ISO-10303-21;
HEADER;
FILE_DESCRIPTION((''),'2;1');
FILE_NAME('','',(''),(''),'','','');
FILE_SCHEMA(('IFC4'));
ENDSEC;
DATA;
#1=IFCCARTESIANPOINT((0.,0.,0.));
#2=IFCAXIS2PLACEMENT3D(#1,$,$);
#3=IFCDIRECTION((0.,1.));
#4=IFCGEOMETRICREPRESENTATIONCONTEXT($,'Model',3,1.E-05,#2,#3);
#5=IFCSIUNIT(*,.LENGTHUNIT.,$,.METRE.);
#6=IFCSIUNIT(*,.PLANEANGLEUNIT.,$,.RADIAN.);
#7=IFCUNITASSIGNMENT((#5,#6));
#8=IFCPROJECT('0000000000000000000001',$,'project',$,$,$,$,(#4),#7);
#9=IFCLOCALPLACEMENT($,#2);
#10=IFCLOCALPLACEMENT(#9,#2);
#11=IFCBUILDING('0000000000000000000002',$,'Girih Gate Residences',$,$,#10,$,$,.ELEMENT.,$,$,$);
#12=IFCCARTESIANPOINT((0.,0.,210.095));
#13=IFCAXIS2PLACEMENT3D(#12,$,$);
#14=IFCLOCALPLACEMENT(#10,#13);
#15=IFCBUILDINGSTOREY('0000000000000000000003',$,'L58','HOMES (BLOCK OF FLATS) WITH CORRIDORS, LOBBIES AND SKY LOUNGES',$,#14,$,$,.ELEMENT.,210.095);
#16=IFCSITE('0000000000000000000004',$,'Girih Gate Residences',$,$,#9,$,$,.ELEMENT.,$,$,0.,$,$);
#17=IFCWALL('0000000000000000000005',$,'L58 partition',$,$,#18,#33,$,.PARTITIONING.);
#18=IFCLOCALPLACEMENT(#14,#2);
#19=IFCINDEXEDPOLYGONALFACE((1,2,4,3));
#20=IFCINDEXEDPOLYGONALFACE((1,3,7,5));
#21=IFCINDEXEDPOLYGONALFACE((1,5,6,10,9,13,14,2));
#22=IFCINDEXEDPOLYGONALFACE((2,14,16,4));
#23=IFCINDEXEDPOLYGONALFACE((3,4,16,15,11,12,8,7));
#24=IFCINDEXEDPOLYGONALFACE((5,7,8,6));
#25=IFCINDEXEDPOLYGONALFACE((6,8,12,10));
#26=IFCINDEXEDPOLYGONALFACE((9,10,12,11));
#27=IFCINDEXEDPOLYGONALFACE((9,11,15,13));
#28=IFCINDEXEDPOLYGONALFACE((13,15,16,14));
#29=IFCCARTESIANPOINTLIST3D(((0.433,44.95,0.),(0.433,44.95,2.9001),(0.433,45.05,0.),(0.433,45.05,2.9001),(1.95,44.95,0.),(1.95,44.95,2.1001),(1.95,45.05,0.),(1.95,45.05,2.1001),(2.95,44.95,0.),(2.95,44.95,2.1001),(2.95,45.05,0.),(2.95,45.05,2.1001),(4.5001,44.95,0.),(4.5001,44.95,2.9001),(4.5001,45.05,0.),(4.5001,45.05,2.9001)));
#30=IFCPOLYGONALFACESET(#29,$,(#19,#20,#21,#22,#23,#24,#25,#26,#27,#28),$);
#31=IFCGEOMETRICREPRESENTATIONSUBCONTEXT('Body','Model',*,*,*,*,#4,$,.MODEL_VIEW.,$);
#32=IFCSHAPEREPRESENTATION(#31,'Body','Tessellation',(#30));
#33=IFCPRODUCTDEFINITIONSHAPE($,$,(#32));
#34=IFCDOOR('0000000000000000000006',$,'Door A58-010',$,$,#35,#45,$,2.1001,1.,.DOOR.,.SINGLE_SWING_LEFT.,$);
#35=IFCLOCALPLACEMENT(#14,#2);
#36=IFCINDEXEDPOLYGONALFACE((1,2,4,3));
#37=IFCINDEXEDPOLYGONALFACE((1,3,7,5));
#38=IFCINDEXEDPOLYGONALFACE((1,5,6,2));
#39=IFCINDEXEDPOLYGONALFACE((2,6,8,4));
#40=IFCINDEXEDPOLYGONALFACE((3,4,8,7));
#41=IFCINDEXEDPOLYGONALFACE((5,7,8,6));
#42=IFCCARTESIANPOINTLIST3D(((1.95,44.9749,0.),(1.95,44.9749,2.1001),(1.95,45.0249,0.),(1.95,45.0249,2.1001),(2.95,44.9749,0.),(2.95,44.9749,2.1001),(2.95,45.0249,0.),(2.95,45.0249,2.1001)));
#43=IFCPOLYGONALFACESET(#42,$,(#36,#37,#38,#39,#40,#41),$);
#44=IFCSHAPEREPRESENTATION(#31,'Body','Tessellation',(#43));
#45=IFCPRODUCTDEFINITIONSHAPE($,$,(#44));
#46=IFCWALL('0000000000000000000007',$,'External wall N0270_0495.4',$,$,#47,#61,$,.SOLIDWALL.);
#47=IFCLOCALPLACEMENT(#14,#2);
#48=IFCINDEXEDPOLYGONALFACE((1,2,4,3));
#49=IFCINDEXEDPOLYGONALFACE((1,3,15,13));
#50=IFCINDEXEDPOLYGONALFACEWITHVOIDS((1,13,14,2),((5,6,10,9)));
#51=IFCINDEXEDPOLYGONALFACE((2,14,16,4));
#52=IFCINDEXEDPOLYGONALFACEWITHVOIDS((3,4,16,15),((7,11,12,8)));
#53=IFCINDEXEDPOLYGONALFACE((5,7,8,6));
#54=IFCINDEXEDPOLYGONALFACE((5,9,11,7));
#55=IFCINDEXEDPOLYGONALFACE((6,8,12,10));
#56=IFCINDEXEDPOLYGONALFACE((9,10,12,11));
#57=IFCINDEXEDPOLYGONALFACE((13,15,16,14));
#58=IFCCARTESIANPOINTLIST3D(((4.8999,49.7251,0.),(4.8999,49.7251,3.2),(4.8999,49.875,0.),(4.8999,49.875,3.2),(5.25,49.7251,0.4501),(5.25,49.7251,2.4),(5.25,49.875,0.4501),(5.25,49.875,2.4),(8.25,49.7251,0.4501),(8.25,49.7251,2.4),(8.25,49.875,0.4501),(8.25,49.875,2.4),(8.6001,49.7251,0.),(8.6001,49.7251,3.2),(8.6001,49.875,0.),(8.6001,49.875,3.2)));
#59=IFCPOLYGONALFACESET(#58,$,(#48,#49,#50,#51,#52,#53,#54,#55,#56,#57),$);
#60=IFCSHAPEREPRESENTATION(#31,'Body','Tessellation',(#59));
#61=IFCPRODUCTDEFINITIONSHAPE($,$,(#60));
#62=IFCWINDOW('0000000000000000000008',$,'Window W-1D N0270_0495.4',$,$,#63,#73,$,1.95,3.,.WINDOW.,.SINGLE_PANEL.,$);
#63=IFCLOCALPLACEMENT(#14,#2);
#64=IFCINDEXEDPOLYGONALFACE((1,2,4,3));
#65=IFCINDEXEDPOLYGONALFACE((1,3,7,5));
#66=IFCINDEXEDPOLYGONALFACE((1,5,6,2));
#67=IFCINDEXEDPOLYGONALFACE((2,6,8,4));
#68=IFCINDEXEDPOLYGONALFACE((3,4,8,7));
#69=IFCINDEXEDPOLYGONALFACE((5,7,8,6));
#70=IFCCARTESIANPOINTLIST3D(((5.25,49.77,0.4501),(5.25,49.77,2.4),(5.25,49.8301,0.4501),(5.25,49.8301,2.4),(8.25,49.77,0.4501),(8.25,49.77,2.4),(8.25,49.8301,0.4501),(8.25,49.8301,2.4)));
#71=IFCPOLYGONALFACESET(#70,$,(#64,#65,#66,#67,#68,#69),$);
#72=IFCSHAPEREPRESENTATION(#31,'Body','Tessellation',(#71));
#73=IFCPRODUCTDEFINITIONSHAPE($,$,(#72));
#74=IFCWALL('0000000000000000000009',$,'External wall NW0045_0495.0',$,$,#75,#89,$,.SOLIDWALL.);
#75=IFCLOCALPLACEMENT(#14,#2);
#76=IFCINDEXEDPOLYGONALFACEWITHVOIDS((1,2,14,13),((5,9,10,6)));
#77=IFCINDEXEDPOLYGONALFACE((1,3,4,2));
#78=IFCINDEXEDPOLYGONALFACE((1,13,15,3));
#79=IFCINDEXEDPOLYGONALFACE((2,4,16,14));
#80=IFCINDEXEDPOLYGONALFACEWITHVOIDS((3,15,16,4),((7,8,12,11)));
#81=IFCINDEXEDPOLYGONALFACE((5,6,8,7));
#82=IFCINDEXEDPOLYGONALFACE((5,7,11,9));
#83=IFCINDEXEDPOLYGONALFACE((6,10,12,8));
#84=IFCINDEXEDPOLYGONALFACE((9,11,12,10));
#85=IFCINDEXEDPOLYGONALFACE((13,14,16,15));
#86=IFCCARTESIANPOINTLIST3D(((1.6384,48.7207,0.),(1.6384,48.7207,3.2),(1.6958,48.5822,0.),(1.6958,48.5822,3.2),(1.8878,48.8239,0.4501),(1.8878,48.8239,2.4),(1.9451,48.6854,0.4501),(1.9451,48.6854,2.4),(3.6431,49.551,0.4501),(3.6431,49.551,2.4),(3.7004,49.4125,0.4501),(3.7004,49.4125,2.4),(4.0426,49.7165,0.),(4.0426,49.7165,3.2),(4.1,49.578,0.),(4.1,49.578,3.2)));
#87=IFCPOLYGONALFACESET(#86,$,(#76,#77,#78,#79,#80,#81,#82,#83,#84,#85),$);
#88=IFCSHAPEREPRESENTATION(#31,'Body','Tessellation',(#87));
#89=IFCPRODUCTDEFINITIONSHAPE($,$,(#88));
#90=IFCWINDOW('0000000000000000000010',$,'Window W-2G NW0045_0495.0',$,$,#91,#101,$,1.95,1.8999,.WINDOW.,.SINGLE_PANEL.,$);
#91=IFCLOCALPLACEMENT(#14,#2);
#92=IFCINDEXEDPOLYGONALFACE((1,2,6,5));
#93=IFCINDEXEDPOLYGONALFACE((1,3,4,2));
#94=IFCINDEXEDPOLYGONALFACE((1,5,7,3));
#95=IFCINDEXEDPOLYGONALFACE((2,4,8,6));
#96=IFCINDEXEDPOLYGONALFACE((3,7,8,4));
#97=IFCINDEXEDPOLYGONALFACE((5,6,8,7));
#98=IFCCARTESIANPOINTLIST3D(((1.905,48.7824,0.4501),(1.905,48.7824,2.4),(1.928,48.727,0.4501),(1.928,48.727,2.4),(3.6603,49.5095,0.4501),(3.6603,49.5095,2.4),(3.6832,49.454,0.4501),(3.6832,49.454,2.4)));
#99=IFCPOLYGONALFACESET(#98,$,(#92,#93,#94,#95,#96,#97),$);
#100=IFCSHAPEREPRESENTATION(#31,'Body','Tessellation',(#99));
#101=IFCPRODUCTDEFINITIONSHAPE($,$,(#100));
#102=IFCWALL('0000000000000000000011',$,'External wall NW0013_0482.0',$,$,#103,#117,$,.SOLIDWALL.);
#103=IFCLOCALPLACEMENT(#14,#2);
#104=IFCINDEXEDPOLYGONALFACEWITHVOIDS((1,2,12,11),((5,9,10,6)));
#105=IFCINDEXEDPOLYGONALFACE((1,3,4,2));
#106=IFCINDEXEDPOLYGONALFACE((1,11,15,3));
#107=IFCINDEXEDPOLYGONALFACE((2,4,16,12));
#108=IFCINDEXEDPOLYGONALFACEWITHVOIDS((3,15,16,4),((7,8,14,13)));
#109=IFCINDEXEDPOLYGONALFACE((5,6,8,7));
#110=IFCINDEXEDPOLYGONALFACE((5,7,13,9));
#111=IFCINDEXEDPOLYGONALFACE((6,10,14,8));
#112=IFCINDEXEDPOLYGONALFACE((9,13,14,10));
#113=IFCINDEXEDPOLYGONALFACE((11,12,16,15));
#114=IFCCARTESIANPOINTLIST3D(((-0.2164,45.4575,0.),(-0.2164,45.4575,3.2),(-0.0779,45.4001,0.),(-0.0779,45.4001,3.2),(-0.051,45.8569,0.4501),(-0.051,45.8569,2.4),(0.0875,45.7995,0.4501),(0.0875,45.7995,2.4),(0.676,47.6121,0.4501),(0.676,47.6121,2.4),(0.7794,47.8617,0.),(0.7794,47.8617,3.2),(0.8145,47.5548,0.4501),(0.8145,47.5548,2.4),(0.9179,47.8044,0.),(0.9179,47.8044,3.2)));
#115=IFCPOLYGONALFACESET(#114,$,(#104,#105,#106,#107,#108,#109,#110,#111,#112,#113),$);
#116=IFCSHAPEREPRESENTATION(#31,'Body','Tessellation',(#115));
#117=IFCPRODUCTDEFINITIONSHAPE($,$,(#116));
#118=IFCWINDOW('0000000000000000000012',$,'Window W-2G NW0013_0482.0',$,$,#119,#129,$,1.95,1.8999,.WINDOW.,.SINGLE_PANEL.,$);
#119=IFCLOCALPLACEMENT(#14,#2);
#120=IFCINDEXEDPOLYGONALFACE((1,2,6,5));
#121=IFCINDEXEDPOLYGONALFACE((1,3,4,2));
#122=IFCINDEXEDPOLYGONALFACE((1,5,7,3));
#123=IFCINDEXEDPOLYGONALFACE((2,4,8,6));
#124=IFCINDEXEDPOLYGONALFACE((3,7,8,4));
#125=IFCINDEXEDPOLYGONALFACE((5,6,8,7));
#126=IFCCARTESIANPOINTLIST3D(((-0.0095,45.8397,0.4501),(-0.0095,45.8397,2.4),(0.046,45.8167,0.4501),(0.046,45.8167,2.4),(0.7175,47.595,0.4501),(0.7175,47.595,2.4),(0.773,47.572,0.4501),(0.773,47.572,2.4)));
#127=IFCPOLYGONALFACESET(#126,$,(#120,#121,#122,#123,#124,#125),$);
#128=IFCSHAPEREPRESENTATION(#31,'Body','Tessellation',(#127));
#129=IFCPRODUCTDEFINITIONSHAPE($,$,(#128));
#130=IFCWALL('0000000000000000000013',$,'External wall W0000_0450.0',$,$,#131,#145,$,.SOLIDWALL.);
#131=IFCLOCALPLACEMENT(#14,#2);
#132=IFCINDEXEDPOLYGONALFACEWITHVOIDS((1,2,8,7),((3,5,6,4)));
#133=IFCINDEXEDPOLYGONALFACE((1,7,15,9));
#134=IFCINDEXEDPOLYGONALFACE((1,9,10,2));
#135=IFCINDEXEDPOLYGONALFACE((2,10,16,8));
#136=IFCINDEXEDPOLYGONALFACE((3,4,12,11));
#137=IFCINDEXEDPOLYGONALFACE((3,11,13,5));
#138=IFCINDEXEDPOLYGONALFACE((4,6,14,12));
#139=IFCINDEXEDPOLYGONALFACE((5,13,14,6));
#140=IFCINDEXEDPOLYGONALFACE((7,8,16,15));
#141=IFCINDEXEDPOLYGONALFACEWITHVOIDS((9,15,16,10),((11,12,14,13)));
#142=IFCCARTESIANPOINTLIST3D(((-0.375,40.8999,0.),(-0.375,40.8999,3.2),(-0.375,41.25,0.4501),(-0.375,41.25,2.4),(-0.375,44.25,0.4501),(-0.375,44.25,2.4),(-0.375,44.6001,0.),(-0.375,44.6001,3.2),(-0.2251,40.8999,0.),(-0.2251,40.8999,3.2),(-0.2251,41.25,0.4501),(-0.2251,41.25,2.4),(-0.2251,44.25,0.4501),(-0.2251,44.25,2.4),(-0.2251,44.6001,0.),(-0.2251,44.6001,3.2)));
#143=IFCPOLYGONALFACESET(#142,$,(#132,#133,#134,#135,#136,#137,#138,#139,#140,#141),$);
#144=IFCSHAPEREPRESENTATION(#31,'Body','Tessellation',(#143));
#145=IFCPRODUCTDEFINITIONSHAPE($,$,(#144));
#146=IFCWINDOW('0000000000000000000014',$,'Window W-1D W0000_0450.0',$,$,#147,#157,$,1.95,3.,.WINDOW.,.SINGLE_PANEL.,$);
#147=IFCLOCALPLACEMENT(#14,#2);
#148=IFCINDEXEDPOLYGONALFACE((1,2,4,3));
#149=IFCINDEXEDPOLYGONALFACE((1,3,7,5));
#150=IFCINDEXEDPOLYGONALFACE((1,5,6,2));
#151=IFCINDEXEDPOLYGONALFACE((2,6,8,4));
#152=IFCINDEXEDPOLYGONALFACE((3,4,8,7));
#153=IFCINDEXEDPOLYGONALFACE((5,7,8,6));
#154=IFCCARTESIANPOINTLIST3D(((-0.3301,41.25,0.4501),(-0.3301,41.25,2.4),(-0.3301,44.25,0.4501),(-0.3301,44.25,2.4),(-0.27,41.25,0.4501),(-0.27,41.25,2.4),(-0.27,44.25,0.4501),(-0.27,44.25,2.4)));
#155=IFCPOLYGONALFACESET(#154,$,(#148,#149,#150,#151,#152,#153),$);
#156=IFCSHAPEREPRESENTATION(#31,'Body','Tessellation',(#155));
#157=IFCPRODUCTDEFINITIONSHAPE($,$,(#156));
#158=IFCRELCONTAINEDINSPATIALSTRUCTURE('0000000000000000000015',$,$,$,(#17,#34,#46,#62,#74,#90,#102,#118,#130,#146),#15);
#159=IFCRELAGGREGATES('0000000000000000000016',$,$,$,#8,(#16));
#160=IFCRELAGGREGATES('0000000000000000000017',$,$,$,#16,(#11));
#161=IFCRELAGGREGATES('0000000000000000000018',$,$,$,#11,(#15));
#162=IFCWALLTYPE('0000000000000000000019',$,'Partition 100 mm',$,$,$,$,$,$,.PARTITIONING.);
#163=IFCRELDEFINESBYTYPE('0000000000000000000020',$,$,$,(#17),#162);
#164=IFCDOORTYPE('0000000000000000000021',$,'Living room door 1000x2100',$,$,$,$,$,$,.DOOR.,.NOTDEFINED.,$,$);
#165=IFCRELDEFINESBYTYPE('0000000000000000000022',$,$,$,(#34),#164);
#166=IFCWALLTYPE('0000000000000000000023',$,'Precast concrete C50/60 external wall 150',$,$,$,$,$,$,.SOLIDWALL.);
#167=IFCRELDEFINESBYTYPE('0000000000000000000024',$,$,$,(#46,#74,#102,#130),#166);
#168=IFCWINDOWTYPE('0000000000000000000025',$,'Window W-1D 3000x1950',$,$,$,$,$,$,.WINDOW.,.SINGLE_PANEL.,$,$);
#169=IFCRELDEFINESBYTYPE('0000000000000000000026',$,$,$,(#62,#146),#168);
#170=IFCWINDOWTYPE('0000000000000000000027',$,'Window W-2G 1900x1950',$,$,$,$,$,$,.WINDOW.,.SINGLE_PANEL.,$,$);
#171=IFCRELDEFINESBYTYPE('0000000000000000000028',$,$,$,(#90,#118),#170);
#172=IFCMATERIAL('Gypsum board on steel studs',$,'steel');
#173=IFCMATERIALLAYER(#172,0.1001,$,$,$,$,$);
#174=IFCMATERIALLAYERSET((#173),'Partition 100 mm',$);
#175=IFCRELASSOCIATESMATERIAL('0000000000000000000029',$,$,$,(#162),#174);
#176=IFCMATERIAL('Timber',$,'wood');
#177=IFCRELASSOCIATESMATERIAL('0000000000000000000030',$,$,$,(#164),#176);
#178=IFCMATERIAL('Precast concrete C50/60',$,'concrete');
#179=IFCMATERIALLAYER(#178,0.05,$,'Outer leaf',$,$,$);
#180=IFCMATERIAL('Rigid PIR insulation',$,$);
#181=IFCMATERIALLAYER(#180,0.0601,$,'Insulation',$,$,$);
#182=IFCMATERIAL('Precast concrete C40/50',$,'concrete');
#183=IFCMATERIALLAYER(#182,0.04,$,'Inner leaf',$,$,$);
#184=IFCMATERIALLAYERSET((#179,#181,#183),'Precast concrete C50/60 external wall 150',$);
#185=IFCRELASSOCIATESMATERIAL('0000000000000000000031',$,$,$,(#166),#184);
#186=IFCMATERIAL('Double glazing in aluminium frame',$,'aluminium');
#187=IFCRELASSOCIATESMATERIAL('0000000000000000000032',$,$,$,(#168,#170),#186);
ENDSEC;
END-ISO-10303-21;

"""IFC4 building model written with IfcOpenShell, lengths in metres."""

from ifc_helpers import new_model, si_unit, direction, frame, frame_2d, origin, place, context, subcontext, project, spatial, rectangle, extrude, material, layer, layer_set, type_object, element, fill, save


model = new_model("IFC4")

# Units and contexts
model_context = context("Model", 3, precision=1e-05, world=origin(), true_north=direction((0.0, 1.0)))
body_context = subcontext(model_context, "Body", "Model", "MODEL_VIEW")
ifc_project = project(units=[si_unit("LENGTHUNIT", "METRE"), si_unit("PLANEANGLEUNIT", "RADIAN")], contexts=[model_context])

# Site, building, storey
site_placement = place(None, origin())
site = spatial("IfcSite", under=ifc_project, at=site_placement, Name="Girih Gate Residences", CompositionType="ELEMENT", RefElevation=0.0)
building_placement = place(site_placement, origin())
building = spatial("IfcBuilding", under=site, at=building_placement, Name="Girih Gate Residences", CompositionType="ELEMENT")
storey_placement = place(building_placement, frame((0.0, 0.0, 210.095)))
storey = spatial("IfcBuildingStorey", under=building, at=storey_placement, Name="L58", Description="HOMES (BLOCK OF FLATS) WITH CORRIDORS, LOBBIES AND SKY LOUNGES", CompositionType="ELEMENT", Elevation=210.095)

# Shared definitions
ifc_material_1 = material(Name="Gypsum board on steel studs", Category="steel")
ifc_layer_1 = layer(ifc_material_1, 0.1001)
ifc_layer_set_1 = layer_set([ifc_layer_1], Name="Partition 100 mm")
wall_type_1 = type_object("IfcWallType", Name="Partition 100 mm", PredefinedType="PARTITIONING", material=ifc_layer_set_1)
ifc_material_2 = material(Name="Timber", Category="wood")

# Wall, opening, door
wall_1_placement = place(storey_placement, frame((0.4329, 45.0, 0.0), z_axis=(0.0, 0.0, 1.0), x_axis=(1.0, 0.0, 0.0)))
wall_1 = element("IfcWall", 1, at=wall_1_placement, inside=storey, type_object=wall_type_1, Name="L58 partition", PredefinedType="PARTITIONING", context=body_context, shape_type="SweptSolid", body=[
    extrude(rectangle(XDim=4.0671, YDim=0.1001, at=frame_2d((2.0337, 0.0))), origin(), (0.0, 0.0, 1.0), 2.9001),
])
opening_1_placement = place(wall_1_placement, frame((1.5171, 0.0, 0.0)))
opening_1 = element("IfcOpeningElement", 2, at=opening_1_placement, cuts=wall_1, PredefinedType="OPENING", context=body_context, shape_type="SweptSolid", body=[
    extrude(rectangle(XDim=1.0, YDim=2.1001, at=frame_2d((0.5, 1.05))), frame((0.0, 0.0601, 0.0), z_axis=(0.0, -1.0, 0.0), x_axis=(1.0, 0.0, 0.0)), (0.0, 0.0, 1.0), 0.1201),
])
door_type_1 = type_object("IfcDoorType", Name="Living room door 1000x2100", OperationType="NOTDEFINED", PredefinedType="DOOR", material=ifc_material_2)
door_1_placement = place(opening_1_placement, origin())
door_1 = element("IfcDoor", 3, at=door_1_placement, inside=storey, type_object=door_type_1, Name="Door A58-010", OperationType="SINGLE_SWING_LEFT", OverallHeight=2.1001, OverallWidth=1.0, PredefinedType="DOOR", context=body_context, shape_type="SweptSolid", body=[
    extrude(rectangle(XDim=1.0, YDim=2.1001, at=frame_2d((0.5, 1.05))), frame((0.0, 0.0249, 0.0), z_axis=(0.0, -1.0, 0.0), x_axis=(1.0, 0.0, 0.0)), (0.0, 0.0, 1.0), 0.05),
])
fill(opening_1, door_1)

# Walls, openings, windows
ifc_material_3 = material(Name="Precast concrete C50/60", Category="concrete")
ifc_layer_2 = layer(ifc_material_3, 0.05, Name="Outer leaf")
ifc_material_4 = material(Name="Rigid PIR insulation")
ifc_layer_3 = layer(ifc_material_4, 0.0601, Name="Insulation")
ifc_material_5 = material(Name="Precast concrete C40/50", Category="concrete")
ifc_layer_4 = layer(ifc_material_5, 0.04, Name="Inner leaf")
ifc_layer_set_2 = layer_set([ifc_layer_2, ifc_layer_3, ifc_layer_4], Name="Precast concrete C50/60 external wall 150")
wall_type_2 = type_object("IfcWallType", Name="Precast concrete C50/60 external wall 150", PredefinedType="SOLIDWALL", material=ifc_layer_set_2)
wall_2_placement = place(storey_placement, frame((4.8999, 49.8, 0.0), z_axis=(0.0, 0.0, 1.0), x_axis=(1.0, 0.0, 0.0)))
wall_2 = element("IfcWall", 4, at=wall_2_placement, inside=storey, type_object=wall_type_2, Name="External wall N0270_0495.4", PredefinedType="SOLIDWALL", context=body_context, shape_type="SweptSolid", body=[
    extrude(rectangle(XDim=3.7002, YDim=0.1499, at=frame_2d((1.8501, 0.0))), origin(), (0.0, 0.0, 1.0), 3.2),
])
opening_2_placement = place(wall_2_placement, frame((0.3501, 0.0, 0.45)))
opening_2 = element("IfcOpeningElement", 5, at=opening_2_placement, cuts=wall_2, PredefinedType="OPENING", context=body_context, shape_type="SweptSolid", body=[
    extrude(rectangle(XDim=3.0, YDim=1.95, at=frame_2d((1.5, 0.9751))), frame((0.0, 0.085, 0.0), z_axis=(0.0, -1.0, 0.0), x_axis=(1.0, 0.0, 0.0)), (0.0, 0.0, 1.0), 0.1699),
])
ifc_material_6 = material(Name="Double glazing in aluminium frame", Category="aluminium")
window_type_1 = type_object("IfcWindowType", Name="Window W-1D 3000x1950", PartitioningType="SINGLE_PANEL", PredefinedType="WINDOW", material=ifc_material_6)
window_1_placement = place(opening_2_placement, origin())
window_1 = element("IfcWindow", 6, at=window_1_placement, inside=storey, type_object=window_type_1, Name="Window W-1D N0270_0495.4", OverallHeight=1.95, OverallWidth=3.0, PartitioningType="SINGLE_PANEL", PredefinedType="WINDOW", context=body_context, shape_type="SweptSolid", body=[
    extrude(rectangle(XDim=3.0, YDim=1.95, at=frame_2d((1.5, 0.9751))), frame((0.0, 0.03, 0.0), z_axis=(0.0, -1.0, 0.0), x_axis=(1.0, 0.0, 0.0)), (0.0, 0.0, 1.0), 0.0601),
])
fill(opening_2, window_1)
wall_3_placement = place(storey_placement, frame((1.667, 48.6514, 0.0), z_axis=(0.0, 0.0, 1.0), x_axis=(0.923885, 0.382669, 0.0)))
wall_3 = element("IfcWall", 7, at=wall_3_placement, inside=storey, type_object=wall_type_2, Name="External wall NW0045_0495.0", PredefinedType="SOLIDWALL", context=body_context, shape_type="SweptSolid", body=[
    extrude(rectangle(XDim=2.6023, YDim=0.1499, at=frame_2d((1.3013, 0.0))), origin(), (0.0, 0.0, 1.0), 3.2),
])
opening_3_placement = place(wall_3_placement, frame((0.27, 0.0, 0.45)))
opening_3 = element("IfcOpeningElement", 8, at=opening_3_placement, cuts=wall_3, PredefinedType="OPENING", context=body_context, shape_type="SweptSolid", body=[
    extrude(rectangle(XDim=1.8999, YDim=1.95, at=frame_2d((0.95, 0.9751))), frame((0.0, 0.085, 0.0), z_axis=(0.0, -1.0, 0.0), x_axis=(1.0, 0.0, 0.0)), (0.0, 0.0, 1.0), 0.1699),
])
window_type_2 = type_object("IfcWindowType", Name="Window W-2G 1900x1950", PartitioningType="SINGLE_PANEL", PredefinedType="WINDOW", material=ifc_material_6)
window_2_placement = place(opening_3_placement, origin())
window_2 = element("IfcWindow", 9, at=window_2_placement, inside=storey, type_object=window_type_2, Name="Window W-2G NW0045_0495.0", OverallHeight=1.95, OverallWidth=1.8999, PartitioningType="SINGLE_PANEL", PredefinedType="WINDOW", context=body_context, shape_type="SweptSolid", body=[
    extrude(rectangle(XDim=1.8999, YDim=1.95, at=frame_2d((0.95, 0.9751))), frame((0.0, 0.03, 0.0), z_axis=(0.0, -1.0, 0.0), x_axis=(1.0, 0.0, 0.0)), (0.0, 0.0, 1.0), 0.0601),
])
fill(opening_3, window_2)
wall_4_placement = place(storey_placement, frame((-0.1472, 45.4287, 0.0), z_axis=(0.0, 0.0, 1.0), x_axis=(0.382669, 0.923885, 0.0)))
wall_4 = element("IfcWall", 10, at=wall_4_placement, inside=storey, type_object=wall_type_2, Name="External wall NW0013_0482.0", PredefinedType="SOLIDWALL", context=body_context, shape_type="SweptSolid", body=[
    extrude(rectangle(XDim=2.6023, YDim=0.1499, at=frame_2d((1.3013, 0.0))), origin(), (0.0, 0.0, 1.0), 3.2),
])
opening_4_placement = place(wall_4_placement, frame((0.4324, 0.0, 0.45)))
opening_4 = element("IfcOpeningElement", 11, at=opening_4_placement, cuts=wall_4, PredefinedType="OPENING", context=body_context, shape_type="SweptSolid", body=[
    extrude(rectangle(XDim=1.8999, YDim=1.95, at=frame_2d((0.95, 0.9751))), frame((0.0, 0.085, 0.0), z_axis=(0.0, -1.0, 0.0), x_axis=(1.0, 0.0, 0.0)), (0.0, 0.0, 1.0), 0.1699),
])
window_3_placement = place(opening_4_placement, origin())
window_3 = element("IfcWindow", 12, at=window_3_placement, inside=storey, type_object=window_type_2, Name="Window W-2G NW0013_0482.0", OverallHeight=1.95, OverallWidth=1.8999, PartitioningType="SINGLE_PANEL", PredefinedType="WINDOW", context=body_context, shape_type="SweptSolid", body=[
    extrude(rectangle(XDim=1.8999, YDim=1.95, at=frame_2d((0.95, 0.9751))), frame((0.0, 0.03, 0.0), z_axis=(0.0, -1.0, 0.0), x_axis=(1.0, 0.0, 0.0)), (0.0, 0.0, 1.0), 0.0601),
])
fill(opening_4, window_3)
wall_5_placement = place(storey_placement, frame((-0.3, 40.8999, 0.0), z_axis=(0.0, 0.0, 1.0), x_axis=(0.0, 1.0, 0.0)))
wall_5 = element("IfcWall", 13, at=wall_5_placement, inside=storey, type_object=wall_type_2, Name="External wall W0000_0450.0", PredefinedType="SOLIDWALL", context=body_context, shape_type="SweptSolid", body=[
    extrude(rectangle(XDim=3.7002, YDim=0.1499, at=frame_2d((1.8501, 0.0))), origin(), (0.0, 0.0, 1.0), 3.2),
])
opening_5_placement = place(wall_5_placement, frame((0.3501, 0.0, 0.45)))
opening_5 = element("IfcOpeningElement", 14, at=opening_5_placement, cuts=wall_5, PredefinedType="OPENING", context=body_context, shape_type="SweptSolid", body=[
    extrude(rectangle(XDim=3.0, YDim=1.95, at=frame_2d((1.5, 0.9751))), frame((0.0, 0.085, 0.0), z_axis=(0.0, -1.0, 0.0), x_axis=(1.0, 0.0, 0.0)), (0.0, 0.0, 1.0), 0.1699),
])
window_4_placement = place(opening_5_placement, origin())
window_4 = element("IfcWindow", 15, at=window_4_placement, inside=storey, type_object=window_type_1, Name="Window W-1D W0000_0450.0", OverallHeight=1.95, OverallWidth=3.0, PartitioningType="SINGLE_PANEL", PredefinedType="WINDOW", context=body_context, shape_type="SweptSolid", body=[
    extrude(rectangle(XDim=3.0, YDim=1.95, at=frame_2d((1.5, 0.9751))), frame((0.0, 0.03, 0.0), z_axis=(0.0, -1.0, 0.0), x_axis=(1.0, 0.0, 0.0)), (0.0, 0.0, 1.0), 0.0601),
])
fill(opening_5, window_4)

save(model, "model.ifc")
